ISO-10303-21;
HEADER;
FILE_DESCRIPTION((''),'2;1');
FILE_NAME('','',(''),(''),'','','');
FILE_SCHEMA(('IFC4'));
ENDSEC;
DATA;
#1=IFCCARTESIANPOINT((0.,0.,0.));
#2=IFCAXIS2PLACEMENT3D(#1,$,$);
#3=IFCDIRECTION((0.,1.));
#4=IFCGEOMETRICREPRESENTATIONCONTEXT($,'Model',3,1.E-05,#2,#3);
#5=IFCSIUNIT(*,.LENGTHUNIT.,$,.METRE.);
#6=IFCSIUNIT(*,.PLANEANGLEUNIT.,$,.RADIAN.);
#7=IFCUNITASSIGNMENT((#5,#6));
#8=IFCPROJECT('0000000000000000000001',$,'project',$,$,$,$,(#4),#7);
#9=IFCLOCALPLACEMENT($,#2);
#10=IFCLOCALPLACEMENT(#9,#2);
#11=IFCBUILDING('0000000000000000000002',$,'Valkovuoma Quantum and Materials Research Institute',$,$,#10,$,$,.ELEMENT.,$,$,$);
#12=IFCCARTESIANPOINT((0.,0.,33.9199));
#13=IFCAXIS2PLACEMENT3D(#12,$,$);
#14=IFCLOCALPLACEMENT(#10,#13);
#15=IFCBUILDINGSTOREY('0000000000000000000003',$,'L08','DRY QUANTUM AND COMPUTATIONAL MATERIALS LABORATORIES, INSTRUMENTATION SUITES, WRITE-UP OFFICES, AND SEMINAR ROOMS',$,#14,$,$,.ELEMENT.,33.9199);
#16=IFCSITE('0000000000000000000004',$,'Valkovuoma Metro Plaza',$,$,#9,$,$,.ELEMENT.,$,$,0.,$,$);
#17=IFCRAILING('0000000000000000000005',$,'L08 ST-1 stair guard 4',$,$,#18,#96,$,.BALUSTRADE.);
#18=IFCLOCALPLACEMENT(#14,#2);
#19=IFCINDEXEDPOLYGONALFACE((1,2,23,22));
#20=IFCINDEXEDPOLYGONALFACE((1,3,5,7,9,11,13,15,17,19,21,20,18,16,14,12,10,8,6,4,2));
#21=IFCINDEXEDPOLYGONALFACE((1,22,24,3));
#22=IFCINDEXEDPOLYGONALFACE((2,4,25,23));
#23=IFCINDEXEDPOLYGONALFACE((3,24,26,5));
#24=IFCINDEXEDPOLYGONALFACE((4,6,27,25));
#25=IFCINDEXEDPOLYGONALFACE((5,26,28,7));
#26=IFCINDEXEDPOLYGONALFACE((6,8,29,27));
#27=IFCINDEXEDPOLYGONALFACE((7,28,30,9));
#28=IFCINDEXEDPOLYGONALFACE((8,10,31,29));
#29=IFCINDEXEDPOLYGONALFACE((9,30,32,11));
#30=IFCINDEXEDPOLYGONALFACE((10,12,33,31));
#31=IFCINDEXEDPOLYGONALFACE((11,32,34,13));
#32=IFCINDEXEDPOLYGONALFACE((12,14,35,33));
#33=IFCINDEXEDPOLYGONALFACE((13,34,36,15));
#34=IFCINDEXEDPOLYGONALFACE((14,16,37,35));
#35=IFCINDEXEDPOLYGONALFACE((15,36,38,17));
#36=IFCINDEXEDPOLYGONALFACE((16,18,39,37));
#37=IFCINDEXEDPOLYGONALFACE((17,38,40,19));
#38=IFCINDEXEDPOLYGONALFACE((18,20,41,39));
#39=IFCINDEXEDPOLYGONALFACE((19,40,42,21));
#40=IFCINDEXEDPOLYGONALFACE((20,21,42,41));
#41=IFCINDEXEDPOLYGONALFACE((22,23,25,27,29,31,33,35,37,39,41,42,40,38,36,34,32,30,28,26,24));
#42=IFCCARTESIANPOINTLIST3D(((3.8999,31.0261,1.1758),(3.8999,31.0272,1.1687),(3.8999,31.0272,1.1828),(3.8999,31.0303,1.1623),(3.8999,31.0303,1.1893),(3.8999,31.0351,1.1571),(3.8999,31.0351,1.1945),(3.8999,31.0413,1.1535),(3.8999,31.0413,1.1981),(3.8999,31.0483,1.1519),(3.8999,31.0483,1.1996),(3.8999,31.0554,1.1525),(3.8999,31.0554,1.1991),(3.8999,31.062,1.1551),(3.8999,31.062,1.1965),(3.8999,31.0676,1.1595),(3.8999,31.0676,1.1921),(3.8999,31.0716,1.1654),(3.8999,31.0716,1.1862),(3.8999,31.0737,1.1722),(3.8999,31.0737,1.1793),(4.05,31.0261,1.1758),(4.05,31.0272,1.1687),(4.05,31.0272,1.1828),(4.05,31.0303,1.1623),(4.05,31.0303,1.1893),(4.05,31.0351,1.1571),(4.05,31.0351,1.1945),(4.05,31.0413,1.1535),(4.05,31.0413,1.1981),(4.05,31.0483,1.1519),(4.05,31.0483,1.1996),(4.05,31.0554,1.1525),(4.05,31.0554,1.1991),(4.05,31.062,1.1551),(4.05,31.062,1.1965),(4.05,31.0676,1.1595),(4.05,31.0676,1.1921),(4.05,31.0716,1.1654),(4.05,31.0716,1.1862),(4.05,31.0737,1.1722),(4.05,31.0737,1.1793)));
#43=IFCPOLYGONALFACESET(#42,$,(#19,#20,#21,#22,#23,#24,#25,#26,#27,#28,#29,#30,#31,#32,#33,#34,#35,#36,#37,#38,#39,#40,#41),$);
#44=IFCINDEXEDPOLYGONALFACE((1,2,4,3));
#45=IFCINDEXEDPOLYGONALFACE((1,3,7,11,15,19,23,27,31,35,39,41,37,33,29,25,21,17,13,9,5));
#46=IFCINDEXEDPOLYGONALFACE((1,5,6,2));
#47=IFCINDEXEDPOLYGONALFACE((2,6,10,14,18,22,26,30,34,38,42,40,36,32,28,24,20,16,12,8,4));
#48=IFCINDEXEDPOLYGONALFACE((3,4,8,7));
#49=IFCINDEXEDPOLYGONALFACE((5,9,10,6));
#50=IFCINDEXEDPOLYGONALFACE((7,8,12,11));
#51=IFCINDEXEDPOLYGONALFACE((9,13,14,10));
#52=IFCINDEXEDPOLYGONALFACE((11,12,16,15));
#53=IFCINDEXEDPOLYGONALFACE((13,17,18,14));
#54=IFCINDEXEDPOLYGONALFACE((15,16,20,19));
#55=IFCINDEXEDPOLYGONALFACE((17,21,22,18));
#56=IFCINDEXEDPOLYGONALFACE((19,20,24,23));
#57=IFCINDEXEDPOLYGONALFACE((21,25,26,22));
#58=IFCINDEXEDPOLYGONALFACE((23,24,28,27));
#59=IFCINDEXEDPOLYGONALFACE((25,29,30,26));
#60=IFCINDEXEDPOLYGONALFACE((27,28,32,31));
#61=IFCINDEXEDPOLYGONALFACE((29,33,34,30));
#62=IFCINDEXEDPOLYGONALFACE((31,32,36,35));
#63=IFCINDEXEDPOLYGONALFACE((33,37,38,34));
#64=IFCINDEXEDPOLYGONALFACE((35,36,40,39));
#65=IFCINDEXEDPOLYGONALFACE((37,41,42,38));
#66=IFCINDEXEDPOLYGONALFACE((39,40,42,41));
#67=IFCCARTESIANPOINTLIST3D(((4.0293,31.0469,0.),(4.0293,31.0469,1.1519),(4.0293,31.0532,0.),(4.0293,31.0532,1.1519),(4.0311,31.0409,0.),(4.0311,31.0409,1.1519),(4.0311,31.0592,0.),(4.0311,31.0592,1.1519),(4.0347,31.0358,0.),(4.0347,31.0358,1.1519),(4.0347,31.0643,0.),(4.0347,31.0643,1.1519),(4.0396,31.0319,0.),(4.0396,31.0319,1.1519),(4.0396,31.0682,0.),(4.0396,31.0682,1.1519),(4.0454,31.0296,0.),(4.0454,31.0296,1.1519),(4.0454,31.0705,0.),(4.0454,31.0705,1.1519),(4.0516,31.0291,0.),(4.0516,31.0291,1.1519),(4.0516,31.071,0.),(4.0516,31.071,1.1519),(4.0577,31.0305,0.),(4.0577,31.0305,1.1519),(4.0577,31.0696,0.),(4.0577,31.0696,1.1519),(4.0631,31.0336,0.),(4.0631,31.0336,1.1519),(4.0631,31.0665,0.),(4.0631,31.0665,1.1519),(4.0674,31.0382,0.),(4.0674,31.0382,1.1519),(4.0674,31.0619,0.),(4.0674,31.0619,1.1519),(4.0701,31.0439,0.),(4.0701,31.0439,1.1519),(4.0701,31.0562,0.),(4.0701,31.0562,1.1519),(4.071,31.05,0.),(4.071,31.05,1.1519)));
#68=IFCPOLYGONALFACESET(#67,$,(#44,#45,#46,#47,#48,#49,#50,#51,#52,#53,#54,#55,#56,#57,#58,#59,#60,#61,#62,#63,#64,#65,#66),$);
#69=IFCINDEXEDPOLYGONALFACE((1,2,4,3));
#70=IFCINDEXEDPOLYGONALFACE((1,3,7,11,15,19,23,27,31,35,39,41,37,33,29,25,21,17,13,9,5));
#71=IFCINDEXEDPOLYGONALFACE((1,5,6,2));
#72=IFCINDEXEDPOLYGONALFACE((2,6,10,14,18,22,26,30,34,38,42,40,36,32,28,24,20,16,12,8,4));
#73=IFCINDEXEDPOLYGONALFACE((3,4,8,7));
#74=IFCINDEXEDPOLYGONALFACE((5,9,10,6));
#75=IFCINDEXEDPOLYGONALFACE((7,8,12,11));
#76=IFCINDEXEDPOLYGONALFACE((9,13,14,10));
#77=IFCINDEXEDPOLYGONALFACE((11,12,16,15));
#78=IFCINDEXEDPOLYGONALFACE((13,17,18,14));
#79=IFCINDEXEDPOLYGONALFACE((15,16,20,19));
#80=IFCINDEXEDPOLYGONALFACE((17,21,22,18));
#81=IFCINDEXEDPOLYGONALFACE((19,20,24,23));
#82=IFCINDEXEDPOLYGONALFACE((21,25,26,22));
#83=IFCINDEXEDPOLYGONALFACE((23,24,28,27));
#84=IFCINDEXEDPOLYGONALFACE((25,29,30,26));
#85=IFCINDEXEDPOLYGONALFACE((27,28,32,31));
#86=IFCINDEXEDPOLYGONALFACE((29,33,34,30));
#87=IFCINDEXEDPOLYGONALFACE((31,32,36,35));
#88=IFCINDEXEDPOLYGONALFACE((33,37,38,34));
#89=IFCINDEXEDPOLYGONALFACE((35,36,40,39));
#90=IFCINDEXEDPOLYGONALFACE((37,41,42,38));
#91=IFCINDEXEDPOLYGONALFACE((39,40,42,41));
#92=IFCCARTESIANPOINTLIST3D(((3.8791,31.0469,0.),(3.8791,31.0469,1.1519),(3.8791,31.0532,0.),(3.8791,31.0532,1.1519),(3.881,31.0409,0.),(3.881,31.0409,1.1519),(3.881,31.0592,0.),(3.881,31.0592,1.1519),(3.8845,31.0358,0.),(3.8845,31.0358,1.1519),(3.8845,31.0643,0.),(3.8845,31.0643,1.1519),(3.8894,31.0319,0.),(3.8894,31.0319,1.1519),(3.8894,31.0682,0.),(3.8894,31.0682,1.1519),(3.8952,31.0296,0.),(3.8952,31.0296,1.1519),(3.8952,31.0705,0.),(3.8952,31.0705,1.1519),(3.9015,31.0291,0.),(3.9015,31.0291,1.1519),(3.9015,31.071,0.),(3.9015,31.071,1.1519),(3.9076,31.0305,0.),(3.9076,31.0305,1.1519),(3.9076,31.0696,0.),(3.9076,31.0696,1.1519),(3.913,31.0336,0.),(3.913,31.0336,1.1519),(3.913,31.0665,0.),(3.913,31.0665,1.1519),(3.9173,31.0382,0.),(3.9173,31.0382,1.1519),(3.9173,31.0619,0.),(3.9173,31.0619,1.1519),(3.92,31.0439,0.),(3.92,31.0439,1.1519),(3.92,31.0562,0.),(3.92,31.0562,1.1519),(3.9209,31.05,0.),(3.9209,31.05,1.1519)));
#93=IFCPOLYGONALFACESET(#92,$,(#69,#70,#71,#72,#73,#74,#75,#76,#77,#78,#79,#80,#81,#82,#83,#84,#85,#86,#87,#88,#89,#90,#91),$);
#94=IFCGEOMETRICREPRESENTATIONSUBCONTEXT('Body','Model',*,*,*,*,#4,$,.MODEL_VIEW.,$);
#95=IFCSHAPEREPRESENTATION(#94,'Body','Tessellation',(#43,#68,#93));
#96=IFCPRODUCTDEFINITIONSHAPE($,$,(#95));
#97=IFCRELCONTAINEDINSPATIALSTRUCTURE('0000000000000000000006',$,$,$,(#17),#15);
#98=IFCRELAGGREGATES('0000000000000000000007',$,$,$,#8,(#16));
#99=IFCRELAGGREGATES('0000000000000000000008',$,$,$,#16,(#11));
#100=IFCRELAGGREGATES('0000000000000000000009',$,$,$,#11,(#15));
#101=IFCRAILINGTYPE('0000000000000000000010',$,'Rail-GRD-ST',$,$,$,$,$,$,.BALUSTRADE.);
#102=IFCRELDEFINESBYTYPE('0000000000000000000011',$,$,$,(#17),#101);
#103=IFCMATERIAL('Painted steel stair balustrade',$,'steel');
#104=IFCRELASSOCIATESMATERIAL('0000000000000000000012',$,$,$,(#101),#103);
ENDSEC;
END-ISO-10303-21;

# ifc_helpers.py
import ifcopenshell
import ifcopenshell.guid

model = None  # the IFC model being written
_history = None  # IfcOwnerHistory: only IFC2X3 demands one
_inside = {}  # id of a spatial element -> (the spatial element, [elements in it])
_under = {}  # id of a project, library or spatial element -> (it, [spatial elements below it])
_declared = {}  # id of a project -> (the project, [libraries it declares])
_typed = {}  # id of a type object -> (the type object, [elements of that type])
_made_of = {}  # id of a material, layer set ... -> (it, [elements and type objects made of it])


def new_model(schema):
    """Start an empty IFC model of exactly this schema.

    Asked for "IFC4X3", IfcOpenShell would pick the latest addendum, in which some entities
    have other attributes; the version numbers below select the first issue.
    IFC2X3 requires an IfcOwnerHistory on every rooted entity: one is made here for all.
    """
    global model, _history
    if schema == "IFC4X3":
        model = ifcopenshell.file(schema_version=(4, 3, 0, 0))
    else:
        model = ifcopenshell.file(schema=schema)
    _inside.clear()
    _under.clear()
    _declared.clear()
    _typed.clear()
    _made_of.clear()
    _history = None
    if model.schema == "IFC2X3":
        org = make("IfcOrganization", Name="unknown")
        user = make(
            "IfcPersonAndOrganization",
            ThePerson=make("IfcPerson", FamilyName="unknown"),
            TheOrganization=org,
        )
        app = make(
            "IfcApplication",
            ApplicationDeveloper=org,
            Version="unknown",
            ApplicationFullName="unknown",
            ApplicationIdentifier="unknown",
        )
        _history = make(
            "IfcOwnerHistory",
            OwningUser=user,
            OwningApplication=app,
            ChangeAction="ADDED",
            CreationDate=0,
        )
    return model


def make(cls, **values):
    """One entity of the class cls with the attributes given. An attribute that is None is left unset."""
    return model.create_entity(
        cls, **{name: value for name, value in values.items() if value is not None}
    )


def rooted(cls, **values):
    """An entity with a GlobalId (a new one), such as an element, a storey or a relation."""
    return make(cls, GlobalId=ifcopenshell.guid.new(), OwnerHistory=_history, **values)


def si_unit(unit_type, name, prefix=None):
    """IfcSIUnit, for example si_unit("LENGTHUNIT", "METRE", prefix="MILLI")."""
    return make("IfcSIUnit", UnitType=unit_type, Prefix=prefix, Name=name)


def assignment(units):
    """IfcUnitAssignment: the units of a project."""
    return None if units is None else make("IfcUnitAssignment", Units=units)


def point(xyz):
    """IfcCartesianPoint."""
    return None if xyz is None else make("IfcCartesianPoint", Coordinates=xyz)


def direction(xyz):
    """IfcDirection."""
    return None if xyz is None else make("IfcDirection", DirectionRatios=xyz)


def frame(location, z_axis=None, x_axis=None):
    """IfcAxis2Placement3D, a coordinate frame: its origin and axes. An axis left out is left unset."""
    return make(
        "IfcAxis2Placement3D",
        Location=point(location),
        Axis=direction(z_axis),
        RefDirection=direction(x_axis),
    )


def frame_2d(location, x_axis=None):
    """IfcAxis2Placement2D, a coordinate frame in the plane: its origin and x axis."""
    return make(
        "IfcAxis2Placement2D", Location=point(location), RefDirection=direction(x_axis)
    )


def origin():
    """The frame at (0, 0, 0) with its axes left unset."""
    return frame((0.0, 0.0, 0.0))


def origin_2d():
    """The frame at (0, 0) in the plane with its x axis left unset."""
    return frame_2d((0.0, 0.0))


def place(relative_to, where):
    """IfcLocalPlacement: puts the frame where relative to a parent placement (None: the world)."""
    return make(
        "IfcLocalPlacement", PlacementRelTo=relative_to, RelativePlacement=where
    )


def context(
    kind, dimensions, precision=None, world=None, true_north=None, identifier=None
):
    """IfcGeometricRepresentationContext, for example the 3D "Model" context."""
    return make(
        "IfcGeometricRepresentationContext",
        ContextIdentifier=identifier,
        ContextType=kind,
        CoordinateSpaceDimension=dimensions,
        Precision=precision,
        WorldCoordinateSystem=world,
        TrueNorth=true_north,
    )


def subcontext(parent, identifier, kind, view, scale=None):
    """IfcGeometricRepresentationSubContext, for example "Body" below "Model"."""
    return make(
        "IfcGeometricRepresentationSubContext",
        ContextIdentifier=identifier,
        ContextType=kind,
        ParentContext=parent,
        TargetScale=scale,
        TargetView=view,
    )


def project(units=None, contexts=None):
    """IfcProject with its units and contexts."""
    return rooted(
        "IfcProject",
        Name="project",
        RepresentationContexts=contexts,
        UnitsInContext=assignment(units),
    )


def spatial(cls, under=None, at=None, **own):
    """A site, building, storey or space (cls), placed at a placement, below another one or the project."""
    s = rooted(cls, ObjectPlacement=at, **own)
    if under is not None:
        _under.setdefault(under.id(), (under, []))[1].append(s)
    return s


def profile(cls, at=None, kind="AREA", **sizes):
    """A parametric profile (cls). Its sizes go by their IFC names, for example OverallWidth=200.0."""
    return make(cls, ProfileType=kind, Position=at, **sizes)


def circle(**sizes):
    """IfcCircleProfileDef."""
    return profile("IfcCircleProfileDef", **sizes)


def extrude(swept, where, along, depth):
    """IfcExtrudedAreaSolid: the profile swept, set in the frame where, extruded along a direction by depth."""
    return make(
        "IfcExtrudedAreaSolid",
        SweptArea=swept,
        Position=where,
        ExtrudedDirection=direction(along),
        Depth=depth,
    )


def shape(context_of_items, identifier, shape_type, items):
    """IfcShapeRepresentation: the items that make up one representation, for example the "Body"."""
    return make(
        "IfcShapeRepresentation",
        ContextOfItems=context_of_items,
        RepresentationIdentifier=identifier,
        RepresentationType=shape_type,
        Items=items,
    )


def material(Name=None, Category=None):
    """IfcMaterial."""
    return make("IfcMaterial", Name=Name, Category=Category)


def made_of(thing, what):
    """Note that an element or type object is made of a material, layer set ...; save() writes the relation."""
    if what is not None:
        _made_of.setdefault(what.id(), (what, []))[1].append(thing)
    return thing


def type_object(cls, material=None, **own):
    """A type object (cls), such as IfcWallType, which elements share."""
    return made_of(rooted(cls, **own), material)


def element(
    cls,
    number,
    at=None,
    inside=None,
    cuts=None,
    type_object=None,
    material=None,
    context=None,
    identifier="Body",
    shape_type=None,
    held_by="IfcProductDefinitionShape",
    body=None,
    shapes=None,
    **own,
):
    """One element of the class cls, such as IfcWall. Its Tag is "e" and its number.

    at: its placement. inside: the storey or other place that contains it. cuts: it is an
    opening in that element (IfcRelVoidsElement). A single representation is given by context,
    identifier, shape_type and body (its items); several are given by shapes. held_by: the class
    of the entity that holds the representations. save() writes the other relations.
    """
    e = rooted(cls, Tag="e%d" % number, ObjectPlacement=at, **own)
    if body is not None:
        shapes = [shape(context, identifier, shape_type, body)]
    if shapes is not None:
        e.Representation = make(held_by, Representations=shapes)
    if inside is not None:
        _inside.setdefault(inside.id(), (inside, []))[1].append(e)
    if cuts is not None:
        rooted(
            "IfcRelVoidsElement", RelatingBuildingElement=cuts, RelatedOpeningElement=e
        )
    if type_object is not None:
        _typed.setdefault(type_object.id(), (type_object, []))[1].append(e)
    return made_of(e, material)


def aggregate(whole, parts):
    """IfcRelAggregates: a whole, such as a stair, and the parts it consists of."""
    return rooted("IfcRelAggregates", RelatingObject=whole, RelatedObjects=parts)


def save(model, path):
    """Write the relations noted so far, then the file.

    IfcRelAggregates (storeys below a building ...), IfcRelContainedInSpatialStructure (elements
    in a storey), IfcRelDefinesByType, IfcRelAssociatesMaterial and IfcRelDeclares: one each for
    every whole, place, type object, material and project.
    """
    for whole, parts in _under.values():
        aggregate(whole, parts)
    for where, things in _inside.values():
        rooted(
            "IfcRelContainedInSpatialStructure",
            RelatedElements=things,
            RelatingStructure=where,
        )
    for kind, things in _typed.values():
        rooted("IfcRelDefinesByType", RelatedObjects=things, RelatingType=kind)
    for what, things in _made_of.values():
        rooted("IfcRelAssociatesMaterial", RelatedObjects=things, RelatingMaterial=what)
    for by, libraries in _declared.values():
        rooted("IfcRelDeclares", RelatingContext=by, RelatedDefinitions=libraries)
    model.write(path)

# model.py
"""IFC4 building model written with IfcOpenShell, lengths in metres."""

from ifc_helpers import new_model, si_unit, direction, frame, origin, origin_2d, place, context, subcontext, project, spatial, circle, extrude, material, type_object, element, save


model = new_model("IFC4")

# Units and contexts
model_context = context("Model", 3, precision=1e-05, world=origin(), true_north=direction((0.0, 1.0)))
body_context = subcontext(model_context, "Body", "Model", "MODEL_VIEW")
ifc_project = project(units=[si_unit("LENGTHUNIT", "METRE"), si_unit("PLANEANGLEUNIT", "RADIAN")], contexts=[model_context])

# Site, building, storey
site_placement = place(None, origin())
site = spatial("IfcSite", under=ifc_project, at=site_placement, Name="Valkovuoma Metro Plaza", CompositionType="ELEMENT", RefElevation=0.0)
building_placement = place(site_placement, origin())
building = spatial("IfcBuilding", under=site, at=building_placement, Name="Valkovuoma Quantum and Materials Research Institute", CompositionType="ELEMENT")
storey_placement = place(building_placement, frame((0.0, 0.0, 33.9199)))
storey = spatial("IfcBuildingStorey", under=building, at=storey_placement, Name="L08", Description="DRY QUANTUM AND COMPUTATIONAL MATERIALS LABORATORIES, INSTRUMENTATION SUITES, WRITE-UP OFFICES, AND SEMINAR ROOMS", CompositionType="ELEMENT", Elevation=33.9199)

# Railing
ifc_material_1 = material(Name="Painted steel stair balustrade", Category="steel")
railing_type_1 = type_object("IfcRailingType", Name="Rail-GRD-ST", PredefinedType="BALUSTRADE", material=ifc_material_1)
railing_1_placement = place(storey_placement, frame((4.05, 31.05, 0.0)))
element("IfcRailing", 1, at=railing_1_placement, inside=storey, type_object=railing_type_1, Name="L08 ST-1 stair guard 4", PredefinedType="BALUSTRADE", context=body_context, shape_type="SweptSolid", body=[
    extrude(circle(Radius=0.0239, at=origin_2d()), frame((0.0, 0.0, 1.1758), z_axis=(-1.0, 0.0, 0.0), x_axis=(0.0, -1.0, 0.0)), (0.0, 0.0, 1.0), 0.1501),
    extrude(circle(Radius=0.021, at=origin_2d()), origin(), (0.0, 0.0, 1.0), 1.1519),
    extrude(circle(Radius=0.021, at=origin_2d()), frame((-0.1501, 0.0, 0.0)), (0.0, 0.0, 1.0), 1.1519),
])

save(model, "model.ifc")
